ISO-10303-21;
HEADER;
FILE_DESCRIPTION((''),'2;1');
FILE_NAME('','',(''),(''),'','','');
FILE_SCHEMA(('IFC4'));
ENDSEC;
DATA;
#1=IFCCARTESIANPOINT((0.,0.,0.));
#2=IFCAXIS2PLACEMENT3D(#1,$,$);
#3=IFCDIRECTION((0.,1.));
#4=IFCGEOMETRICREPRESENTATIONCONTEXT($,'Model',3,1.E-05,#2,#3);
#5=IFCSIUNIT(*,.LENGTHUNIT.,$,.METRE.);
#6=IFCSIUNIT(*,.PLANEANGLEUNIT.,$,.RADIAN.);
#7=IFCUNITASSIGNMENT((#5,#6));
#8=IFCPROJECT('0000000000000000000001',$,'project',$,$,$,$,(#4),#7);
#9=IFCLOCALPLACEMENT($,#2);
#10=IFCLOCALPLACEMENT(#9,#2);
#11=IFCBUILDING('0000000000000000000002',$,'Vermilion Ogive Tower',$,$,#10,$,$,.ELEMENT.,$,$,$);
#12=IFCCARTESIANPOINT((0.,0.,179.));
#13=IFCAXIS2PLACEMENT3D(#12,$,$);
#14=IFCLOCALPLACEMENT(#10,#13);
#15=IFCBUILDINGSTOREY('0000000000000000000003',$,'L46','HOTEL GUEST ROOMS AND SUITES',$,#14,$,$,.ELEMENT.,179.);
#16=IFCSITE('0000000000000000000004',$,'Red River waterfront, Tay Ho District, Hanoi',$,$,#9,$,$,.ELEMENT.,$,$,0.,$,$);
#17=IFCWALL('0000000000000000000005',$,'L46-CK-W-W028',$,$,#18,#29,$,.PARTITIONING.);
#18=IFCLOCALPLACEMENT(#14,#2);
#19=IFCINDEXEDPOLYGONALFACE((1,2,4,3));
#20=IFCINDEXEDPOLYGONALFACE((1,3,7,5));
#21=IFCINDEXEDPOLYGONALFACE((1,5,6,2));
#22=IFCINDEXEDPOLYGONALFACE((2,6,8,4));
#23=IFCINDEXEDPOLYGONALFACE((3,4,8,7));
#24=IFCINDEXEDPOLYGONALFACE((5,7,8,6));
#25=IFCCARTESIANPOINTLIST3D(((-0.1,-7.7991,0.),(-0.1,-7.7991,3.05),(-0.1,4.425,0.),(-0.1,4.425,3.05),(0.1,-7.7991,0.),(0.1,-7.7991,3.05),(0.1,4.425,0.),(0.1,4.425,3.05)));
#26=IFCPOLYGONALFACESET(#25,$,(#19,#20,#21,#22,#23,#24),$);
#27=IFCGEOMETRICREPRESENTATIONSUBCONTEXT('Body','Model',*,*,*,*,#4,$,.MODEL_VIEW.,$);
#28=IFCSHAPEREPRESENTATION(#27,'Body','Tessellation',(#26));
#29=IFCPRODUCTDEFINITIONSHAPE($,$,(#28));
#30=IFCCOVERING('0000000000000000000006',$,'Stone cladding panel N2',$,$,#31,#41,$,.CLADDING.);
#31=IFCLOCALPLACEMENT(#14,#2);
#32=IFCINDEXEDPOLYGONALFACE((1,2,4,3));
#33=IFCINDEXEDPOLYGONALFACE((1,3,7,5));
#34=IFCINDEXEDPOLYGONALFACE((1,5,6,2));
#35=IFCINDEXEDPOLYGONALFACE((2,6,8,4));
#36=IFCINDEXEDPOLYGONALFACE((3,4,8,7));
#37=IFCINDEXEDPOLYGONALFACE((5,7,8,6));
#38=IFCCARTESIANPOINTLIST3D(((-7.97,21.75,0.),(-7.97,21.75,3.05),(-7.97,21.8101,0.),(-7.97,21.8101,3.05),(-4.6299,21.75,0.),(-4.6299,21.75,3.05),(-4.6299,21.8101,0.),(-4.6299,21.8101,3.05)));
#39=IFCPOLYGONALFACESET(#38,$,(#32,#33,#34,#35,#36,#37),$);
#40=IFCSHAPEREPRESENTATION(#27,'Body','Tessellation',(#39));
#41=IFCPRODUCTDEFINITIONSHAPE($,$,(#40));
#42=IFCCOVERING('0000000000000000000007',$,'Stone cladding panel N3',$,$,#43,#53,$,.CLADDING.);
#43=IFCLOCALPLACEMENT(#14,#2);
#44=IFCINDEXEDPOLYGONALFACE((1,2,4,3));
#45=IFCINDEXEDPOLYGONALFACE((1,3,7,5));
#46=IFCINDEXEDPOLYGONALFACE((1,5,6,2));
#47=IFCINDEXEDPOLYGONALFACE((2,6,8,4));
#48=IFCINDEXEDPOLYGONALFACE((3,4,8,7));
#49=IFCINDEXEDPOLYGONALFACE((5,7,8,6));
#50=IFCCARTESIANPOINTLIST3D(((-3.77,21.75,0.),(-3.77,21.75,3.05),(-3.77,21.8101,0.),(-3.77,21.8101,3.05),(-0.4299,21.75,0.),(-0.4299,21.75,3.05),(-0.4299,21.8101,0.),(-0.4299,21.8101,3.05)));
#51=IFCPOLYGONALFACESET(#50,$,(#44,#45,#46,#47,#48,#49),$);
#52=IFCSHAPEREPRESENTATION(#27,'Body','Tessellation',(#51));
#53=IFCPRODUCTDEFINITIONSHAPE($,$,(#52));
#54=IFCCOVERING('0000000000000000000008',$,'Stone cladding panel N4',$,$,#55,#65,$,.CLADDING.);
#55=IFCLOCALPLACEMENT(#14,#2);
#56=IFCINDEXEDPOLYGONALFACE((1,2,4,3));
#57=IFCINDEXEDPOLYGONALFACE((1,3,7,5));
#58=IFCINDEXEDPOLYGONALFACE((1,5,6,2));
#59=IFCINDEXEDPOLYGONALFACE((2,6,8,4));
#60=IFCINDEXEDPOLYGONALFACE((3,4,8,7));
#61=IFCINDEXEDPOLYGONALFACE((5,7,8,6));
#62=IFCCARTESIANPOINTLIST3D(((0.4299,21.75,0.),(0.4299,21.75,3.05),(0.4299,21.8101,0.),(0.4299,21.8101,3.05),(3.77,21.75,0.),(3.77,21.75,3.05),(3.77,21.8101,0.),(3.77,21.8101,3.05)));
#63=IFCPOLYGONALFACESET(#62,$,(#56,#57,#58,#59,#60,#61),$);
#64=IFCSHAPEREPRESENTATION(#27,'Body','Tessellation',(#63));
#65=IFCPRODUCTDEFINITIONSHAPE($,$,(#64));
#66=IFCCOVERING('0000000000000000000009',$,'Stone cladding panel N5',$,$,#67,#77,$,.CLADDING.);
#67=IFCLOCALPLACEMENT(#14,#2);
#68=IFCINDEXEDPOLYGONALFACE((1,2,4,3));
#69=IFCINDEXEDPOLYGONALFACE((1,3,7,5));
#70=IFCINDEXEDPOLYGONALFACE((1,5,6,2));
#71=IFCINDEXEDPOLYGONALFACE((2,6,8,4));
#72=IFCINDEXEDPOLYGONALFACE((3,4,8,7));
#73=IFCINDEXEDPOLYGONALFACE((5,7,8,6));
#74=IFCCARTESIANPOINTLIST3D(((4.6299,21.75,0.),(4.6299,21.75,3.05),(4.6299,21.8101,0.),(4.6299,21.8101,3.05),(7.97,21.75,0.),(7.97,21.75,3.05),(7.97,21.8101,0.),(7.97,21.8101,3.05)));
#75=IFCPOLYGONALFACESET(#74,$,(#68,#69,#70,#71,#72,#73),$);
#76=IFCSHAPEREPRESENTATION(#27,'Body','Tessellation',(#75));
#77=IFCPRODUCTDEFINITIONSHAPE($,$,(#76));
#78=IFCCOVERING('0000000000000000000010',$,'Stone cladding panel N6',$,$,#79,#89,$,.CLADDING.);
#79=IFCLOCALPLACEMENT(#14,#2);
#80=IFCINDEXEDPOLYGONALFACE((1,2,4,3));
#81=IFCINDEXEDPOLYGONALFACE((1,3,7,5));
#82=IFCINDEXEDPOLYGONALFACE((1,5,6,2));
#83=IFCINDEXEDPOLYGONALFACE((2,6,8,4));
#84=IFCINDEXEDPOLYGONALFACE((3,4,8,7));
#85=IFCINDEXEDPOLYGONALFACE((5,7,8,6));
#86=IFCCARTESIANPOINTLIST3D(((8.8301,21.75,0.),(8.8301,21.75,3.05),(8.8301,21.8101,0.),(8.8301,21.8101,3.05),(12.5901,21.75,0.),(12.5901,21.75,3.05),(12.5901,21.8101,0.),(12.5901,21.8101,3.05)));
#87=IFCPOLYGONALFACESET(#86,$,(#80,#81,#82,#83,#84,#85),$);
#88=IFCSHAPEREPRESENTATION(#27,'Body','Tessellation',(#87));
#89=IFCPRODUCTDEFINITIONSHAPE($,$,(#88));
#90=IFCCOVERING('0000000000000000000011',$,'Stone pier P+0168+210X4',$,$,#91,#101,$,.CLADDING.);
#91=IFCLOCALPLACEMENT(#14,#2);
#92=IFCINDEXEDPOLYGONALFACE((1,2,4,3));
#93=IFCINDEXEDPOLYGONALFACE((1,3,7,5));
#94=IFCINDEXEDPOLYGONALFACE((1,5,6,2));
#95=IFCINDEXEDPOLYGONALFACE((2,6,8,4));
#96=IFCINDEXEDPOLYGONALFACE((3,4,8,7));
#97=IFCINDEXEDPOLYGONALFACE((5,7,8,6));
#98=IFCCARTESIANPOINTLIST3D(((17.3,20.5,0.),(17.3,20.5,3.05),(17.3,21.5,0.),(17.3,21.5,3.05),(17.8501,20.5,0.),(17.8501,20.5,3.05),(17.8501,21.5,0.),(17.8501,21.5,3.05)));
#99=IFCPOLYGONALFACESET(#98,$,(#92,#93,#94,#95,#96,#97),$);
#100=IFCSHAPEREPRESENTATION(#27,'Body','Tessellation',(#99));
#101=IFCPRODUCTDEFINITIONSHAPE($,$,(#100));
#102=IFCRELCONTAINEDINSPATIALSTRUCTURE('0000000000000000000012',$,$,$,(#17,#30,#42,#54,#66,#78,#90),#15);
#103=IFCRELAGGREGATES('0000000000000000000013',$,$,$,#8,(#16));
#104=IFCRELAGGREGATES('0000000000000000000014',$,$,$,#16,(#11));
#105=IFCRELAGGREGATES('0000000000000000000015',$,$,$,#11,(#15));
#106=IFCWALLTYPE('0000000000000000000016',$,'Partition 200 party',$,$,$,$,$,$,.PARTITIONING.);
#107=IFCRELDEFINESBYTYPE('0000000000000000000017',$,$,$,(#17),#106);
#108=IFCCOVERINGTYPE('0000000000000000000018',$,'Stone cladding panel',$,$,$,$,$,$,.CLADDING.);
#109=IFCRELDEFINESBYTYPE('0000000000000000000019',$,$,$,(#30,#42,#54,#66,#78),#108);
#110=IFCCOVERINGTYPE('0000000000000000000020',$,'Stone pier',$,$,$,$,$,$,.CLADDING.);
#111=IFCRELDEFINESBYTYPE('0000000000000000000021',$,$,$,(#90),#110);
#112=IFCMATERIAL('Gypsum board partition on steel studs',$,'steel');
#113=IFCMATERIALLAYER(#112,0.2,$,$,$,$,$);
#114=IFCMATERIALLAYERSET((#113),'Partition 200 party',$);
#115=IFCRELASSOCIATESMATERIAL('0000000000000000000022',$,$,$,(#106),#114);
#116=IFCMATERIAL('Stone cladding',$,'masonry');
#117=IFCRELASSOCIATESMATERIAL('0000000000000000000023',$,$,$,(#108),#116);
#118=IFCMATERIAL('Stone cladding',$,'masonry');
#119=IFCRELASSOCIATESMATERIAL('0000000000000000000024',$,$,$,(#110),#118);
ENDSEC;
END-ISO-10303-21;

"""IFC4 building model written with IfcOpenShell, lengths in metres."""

from ifc_helpers import new_model, si_unit, direction, frame, frame_2d, origin, place, context, subcontext, project, spatial, polyline, rectangle, outline, extrude, material, layer, layer_set, type_object, element, save


model = new_model("IFC4")

# Units and contexts
model_context = context("Model", 3, precision=1e-05, world=origin(), true_north=direction((0.0, 1.0)))
body_context = subcontext(model_context, "Body", "Model", "MODEL_VIEW")
ifc_project = project(units=[si_unit("LENGTHUNIT", "METRE"), si_unit("PLANEANGLEUNIT", "RADIAN")], contexts=[model_context])

# Site, building, storey
site_placement = place(None, origin())
site = spatial("IfcSite", under=ifc_project, at=site_placement, Name="Red River waterfront, Tay Ho District, Hanoi", CompositionType="ELEMENT", RefElevation=0.0)
building_placement = place(site_placement, origin())
building = spatial("IfcBuilding", under=site, at=building_placement, Name="Vermilion Ogive Tower", CompositionType="ELEMENT")
storey_placement = place(building_placement, frame((0.0, 0.0, 179.0)))
storey = spatial("IfcBuildingStorey", under=building, at=storey_placement, Name="L46", Description="HOTEL GUEST ROOMS AND SUITES", CompositionType="ELEMENT", Elevation=179.0)

# Wall
ifc_material_1 = material(Name="Gypsum board partition on steel studs", Category="steel")
ifc_layer_1 = layer(ifc_material_1, 0.2)
ifc_layer_set_1 = layer_set([ifc_layer_1], Name="Partition 200 party")
wall_type_1 = type_object("IfcWallType", Name="Partition 200 party", PredefinedType="PARTITIONING", material=ifc_layer_set_1)
wall_1_placement = place(storey_placement, frame((0.0, -7.7991, 0.0), z_axis=(0.0, 0.0, 1.0), x_axis=(0.0, 1.0, 0.0)))
element("IfcWall", 1, at=wall_1_placement, inside=storey, type_object=wall_type_1, Name="L46-CK-W-W028", PredefinedType="PARTITIONING", context=body_context, shape_type="SweptSolid", body=[
    extrude(rectangle(XDim=12.2241, YDim=0.2, at=frame_2d((6.1121, 0.0))), origin(), (0.0, 0.0, 1.0), 3.05),
])

# Coverings
ifc_material_2 = material(Name="Stone cladding", Category="masonry")
covering_type_1 = type_object("IfcCoveringType", Name="Stone cladding panel", PredefinedType="CLADDING", material=ifc_material_2)
covering_1_placement = place(storey_placement, origin())
element("IfcCovering", 2, at=covering_1_placement, inside=storey, type_object=covering_type_1, Name="Stone cladding panel N2", PredefinedType="CLADDING", context=body_context, shape_type="SweptSolid", body=[
    extrude(outline(polyline([(-7.97, 21.75), (-4.6299, 21.75), (-4.6299, 21.8101), (-7.97, 21.8101), (-7.97, 21.75)])), origin(), (0.0, 0.0, 1.0), 3.05),
])
covering_2_placement = place(storey_placement, origin())
element("IfcCovering", 3, at=covering_2_placement, inside=storey, type_object=covering_type_1, Name="Stone cladding panel N3", PredefinedType="CLADDING", context=body_context, shape_type="SweptSolid", body=[
    extrude(outline(polyline([(-3.77, 21.75), (-0.4299, 21.75), (-0.4299, 21.8101), (-3.77, 21.8101), (-3.77, 21.75)])), origin(), (0.0, 0.0, 1.0), 3.05),
])
covering_3_placement = place(storey_placement, origin())
element("IfcCovering", 4, at=covering_3_placement, inside=storey, type_object=covering_type_1, Name="Stone cladding panel N4", PredefinedType="CLADDING", context=body_context, shape_type="SweptSolid", body=[
    extrude(outline(polyline([(0.4299, 21.75), (3.77, 21.75), (3.77, 21.8101), (0.4299, 21.8101), (0.4299, 21.75)])), origin(), (0.0, 0.0, 1.0), 3.05),
])
covering_4_placement = place(storey_placement, origin())
element("IfcCovering", 5, at=covering_4_placement, inside=storey, type_object=covering_type_1, Name="Stone cladding panel N5", PredefinedType="CLADDING", context=body_context, shape_type="SweptSolid", body=[
    extrude(outline(polyline([(4.6299, 21.75), (7.97, 21.75), (7.97, 21.8101), (4.6299, 21.8101), (4.6299, 21.75)])), origin(), (0.0, 0.0, 1.0), 3.05),
])
covering_5_placement = place(storey_placement, origin())
element("IfcCovering", 6, at=covering_5_placement, inside=storey, type_object=covering_type_1, Name="Stone cladding panel N6", PredefinedType="CLADDING", context=body_context, shape_type="SweptSolid", body=[
    extrude(outline(polyline([(8.8301, 21.75), (12.5901, 21.75), (12.5901, 21.8101), (8.8301, 21.8101), (8.8301, 21.75)])), origin(), (0.0, 0.0, 1.0), 3.05),
])
ifc_material_3 = material(Name="Stone cladding", Category="masonry")
covering_type_2 = type_object("IfcCoveringType", Name="Stone pier", PredefinedType="CLADDING", material=ifc_material_3)
covering_6_placement = place(storey_placement, origin())
element("IfcCovering", 7, at=covering_6_placement, inside=storey, type_object=covering_type_2, Name="Stone pier P+0168+210X4", PredefinedType="CLADDING", context=body_context, shape_type="SweptSolid", body=[
    extrude(outline(polyline([(17.8501, 21.5), (17.8501, 20.5), (17.3, 20.5), (17.3, 21.5), (17.8501, 21.5)])), origin(), (0.0, 0.0, 1.0), 3.05),
])

save(model, "model.ifc")
